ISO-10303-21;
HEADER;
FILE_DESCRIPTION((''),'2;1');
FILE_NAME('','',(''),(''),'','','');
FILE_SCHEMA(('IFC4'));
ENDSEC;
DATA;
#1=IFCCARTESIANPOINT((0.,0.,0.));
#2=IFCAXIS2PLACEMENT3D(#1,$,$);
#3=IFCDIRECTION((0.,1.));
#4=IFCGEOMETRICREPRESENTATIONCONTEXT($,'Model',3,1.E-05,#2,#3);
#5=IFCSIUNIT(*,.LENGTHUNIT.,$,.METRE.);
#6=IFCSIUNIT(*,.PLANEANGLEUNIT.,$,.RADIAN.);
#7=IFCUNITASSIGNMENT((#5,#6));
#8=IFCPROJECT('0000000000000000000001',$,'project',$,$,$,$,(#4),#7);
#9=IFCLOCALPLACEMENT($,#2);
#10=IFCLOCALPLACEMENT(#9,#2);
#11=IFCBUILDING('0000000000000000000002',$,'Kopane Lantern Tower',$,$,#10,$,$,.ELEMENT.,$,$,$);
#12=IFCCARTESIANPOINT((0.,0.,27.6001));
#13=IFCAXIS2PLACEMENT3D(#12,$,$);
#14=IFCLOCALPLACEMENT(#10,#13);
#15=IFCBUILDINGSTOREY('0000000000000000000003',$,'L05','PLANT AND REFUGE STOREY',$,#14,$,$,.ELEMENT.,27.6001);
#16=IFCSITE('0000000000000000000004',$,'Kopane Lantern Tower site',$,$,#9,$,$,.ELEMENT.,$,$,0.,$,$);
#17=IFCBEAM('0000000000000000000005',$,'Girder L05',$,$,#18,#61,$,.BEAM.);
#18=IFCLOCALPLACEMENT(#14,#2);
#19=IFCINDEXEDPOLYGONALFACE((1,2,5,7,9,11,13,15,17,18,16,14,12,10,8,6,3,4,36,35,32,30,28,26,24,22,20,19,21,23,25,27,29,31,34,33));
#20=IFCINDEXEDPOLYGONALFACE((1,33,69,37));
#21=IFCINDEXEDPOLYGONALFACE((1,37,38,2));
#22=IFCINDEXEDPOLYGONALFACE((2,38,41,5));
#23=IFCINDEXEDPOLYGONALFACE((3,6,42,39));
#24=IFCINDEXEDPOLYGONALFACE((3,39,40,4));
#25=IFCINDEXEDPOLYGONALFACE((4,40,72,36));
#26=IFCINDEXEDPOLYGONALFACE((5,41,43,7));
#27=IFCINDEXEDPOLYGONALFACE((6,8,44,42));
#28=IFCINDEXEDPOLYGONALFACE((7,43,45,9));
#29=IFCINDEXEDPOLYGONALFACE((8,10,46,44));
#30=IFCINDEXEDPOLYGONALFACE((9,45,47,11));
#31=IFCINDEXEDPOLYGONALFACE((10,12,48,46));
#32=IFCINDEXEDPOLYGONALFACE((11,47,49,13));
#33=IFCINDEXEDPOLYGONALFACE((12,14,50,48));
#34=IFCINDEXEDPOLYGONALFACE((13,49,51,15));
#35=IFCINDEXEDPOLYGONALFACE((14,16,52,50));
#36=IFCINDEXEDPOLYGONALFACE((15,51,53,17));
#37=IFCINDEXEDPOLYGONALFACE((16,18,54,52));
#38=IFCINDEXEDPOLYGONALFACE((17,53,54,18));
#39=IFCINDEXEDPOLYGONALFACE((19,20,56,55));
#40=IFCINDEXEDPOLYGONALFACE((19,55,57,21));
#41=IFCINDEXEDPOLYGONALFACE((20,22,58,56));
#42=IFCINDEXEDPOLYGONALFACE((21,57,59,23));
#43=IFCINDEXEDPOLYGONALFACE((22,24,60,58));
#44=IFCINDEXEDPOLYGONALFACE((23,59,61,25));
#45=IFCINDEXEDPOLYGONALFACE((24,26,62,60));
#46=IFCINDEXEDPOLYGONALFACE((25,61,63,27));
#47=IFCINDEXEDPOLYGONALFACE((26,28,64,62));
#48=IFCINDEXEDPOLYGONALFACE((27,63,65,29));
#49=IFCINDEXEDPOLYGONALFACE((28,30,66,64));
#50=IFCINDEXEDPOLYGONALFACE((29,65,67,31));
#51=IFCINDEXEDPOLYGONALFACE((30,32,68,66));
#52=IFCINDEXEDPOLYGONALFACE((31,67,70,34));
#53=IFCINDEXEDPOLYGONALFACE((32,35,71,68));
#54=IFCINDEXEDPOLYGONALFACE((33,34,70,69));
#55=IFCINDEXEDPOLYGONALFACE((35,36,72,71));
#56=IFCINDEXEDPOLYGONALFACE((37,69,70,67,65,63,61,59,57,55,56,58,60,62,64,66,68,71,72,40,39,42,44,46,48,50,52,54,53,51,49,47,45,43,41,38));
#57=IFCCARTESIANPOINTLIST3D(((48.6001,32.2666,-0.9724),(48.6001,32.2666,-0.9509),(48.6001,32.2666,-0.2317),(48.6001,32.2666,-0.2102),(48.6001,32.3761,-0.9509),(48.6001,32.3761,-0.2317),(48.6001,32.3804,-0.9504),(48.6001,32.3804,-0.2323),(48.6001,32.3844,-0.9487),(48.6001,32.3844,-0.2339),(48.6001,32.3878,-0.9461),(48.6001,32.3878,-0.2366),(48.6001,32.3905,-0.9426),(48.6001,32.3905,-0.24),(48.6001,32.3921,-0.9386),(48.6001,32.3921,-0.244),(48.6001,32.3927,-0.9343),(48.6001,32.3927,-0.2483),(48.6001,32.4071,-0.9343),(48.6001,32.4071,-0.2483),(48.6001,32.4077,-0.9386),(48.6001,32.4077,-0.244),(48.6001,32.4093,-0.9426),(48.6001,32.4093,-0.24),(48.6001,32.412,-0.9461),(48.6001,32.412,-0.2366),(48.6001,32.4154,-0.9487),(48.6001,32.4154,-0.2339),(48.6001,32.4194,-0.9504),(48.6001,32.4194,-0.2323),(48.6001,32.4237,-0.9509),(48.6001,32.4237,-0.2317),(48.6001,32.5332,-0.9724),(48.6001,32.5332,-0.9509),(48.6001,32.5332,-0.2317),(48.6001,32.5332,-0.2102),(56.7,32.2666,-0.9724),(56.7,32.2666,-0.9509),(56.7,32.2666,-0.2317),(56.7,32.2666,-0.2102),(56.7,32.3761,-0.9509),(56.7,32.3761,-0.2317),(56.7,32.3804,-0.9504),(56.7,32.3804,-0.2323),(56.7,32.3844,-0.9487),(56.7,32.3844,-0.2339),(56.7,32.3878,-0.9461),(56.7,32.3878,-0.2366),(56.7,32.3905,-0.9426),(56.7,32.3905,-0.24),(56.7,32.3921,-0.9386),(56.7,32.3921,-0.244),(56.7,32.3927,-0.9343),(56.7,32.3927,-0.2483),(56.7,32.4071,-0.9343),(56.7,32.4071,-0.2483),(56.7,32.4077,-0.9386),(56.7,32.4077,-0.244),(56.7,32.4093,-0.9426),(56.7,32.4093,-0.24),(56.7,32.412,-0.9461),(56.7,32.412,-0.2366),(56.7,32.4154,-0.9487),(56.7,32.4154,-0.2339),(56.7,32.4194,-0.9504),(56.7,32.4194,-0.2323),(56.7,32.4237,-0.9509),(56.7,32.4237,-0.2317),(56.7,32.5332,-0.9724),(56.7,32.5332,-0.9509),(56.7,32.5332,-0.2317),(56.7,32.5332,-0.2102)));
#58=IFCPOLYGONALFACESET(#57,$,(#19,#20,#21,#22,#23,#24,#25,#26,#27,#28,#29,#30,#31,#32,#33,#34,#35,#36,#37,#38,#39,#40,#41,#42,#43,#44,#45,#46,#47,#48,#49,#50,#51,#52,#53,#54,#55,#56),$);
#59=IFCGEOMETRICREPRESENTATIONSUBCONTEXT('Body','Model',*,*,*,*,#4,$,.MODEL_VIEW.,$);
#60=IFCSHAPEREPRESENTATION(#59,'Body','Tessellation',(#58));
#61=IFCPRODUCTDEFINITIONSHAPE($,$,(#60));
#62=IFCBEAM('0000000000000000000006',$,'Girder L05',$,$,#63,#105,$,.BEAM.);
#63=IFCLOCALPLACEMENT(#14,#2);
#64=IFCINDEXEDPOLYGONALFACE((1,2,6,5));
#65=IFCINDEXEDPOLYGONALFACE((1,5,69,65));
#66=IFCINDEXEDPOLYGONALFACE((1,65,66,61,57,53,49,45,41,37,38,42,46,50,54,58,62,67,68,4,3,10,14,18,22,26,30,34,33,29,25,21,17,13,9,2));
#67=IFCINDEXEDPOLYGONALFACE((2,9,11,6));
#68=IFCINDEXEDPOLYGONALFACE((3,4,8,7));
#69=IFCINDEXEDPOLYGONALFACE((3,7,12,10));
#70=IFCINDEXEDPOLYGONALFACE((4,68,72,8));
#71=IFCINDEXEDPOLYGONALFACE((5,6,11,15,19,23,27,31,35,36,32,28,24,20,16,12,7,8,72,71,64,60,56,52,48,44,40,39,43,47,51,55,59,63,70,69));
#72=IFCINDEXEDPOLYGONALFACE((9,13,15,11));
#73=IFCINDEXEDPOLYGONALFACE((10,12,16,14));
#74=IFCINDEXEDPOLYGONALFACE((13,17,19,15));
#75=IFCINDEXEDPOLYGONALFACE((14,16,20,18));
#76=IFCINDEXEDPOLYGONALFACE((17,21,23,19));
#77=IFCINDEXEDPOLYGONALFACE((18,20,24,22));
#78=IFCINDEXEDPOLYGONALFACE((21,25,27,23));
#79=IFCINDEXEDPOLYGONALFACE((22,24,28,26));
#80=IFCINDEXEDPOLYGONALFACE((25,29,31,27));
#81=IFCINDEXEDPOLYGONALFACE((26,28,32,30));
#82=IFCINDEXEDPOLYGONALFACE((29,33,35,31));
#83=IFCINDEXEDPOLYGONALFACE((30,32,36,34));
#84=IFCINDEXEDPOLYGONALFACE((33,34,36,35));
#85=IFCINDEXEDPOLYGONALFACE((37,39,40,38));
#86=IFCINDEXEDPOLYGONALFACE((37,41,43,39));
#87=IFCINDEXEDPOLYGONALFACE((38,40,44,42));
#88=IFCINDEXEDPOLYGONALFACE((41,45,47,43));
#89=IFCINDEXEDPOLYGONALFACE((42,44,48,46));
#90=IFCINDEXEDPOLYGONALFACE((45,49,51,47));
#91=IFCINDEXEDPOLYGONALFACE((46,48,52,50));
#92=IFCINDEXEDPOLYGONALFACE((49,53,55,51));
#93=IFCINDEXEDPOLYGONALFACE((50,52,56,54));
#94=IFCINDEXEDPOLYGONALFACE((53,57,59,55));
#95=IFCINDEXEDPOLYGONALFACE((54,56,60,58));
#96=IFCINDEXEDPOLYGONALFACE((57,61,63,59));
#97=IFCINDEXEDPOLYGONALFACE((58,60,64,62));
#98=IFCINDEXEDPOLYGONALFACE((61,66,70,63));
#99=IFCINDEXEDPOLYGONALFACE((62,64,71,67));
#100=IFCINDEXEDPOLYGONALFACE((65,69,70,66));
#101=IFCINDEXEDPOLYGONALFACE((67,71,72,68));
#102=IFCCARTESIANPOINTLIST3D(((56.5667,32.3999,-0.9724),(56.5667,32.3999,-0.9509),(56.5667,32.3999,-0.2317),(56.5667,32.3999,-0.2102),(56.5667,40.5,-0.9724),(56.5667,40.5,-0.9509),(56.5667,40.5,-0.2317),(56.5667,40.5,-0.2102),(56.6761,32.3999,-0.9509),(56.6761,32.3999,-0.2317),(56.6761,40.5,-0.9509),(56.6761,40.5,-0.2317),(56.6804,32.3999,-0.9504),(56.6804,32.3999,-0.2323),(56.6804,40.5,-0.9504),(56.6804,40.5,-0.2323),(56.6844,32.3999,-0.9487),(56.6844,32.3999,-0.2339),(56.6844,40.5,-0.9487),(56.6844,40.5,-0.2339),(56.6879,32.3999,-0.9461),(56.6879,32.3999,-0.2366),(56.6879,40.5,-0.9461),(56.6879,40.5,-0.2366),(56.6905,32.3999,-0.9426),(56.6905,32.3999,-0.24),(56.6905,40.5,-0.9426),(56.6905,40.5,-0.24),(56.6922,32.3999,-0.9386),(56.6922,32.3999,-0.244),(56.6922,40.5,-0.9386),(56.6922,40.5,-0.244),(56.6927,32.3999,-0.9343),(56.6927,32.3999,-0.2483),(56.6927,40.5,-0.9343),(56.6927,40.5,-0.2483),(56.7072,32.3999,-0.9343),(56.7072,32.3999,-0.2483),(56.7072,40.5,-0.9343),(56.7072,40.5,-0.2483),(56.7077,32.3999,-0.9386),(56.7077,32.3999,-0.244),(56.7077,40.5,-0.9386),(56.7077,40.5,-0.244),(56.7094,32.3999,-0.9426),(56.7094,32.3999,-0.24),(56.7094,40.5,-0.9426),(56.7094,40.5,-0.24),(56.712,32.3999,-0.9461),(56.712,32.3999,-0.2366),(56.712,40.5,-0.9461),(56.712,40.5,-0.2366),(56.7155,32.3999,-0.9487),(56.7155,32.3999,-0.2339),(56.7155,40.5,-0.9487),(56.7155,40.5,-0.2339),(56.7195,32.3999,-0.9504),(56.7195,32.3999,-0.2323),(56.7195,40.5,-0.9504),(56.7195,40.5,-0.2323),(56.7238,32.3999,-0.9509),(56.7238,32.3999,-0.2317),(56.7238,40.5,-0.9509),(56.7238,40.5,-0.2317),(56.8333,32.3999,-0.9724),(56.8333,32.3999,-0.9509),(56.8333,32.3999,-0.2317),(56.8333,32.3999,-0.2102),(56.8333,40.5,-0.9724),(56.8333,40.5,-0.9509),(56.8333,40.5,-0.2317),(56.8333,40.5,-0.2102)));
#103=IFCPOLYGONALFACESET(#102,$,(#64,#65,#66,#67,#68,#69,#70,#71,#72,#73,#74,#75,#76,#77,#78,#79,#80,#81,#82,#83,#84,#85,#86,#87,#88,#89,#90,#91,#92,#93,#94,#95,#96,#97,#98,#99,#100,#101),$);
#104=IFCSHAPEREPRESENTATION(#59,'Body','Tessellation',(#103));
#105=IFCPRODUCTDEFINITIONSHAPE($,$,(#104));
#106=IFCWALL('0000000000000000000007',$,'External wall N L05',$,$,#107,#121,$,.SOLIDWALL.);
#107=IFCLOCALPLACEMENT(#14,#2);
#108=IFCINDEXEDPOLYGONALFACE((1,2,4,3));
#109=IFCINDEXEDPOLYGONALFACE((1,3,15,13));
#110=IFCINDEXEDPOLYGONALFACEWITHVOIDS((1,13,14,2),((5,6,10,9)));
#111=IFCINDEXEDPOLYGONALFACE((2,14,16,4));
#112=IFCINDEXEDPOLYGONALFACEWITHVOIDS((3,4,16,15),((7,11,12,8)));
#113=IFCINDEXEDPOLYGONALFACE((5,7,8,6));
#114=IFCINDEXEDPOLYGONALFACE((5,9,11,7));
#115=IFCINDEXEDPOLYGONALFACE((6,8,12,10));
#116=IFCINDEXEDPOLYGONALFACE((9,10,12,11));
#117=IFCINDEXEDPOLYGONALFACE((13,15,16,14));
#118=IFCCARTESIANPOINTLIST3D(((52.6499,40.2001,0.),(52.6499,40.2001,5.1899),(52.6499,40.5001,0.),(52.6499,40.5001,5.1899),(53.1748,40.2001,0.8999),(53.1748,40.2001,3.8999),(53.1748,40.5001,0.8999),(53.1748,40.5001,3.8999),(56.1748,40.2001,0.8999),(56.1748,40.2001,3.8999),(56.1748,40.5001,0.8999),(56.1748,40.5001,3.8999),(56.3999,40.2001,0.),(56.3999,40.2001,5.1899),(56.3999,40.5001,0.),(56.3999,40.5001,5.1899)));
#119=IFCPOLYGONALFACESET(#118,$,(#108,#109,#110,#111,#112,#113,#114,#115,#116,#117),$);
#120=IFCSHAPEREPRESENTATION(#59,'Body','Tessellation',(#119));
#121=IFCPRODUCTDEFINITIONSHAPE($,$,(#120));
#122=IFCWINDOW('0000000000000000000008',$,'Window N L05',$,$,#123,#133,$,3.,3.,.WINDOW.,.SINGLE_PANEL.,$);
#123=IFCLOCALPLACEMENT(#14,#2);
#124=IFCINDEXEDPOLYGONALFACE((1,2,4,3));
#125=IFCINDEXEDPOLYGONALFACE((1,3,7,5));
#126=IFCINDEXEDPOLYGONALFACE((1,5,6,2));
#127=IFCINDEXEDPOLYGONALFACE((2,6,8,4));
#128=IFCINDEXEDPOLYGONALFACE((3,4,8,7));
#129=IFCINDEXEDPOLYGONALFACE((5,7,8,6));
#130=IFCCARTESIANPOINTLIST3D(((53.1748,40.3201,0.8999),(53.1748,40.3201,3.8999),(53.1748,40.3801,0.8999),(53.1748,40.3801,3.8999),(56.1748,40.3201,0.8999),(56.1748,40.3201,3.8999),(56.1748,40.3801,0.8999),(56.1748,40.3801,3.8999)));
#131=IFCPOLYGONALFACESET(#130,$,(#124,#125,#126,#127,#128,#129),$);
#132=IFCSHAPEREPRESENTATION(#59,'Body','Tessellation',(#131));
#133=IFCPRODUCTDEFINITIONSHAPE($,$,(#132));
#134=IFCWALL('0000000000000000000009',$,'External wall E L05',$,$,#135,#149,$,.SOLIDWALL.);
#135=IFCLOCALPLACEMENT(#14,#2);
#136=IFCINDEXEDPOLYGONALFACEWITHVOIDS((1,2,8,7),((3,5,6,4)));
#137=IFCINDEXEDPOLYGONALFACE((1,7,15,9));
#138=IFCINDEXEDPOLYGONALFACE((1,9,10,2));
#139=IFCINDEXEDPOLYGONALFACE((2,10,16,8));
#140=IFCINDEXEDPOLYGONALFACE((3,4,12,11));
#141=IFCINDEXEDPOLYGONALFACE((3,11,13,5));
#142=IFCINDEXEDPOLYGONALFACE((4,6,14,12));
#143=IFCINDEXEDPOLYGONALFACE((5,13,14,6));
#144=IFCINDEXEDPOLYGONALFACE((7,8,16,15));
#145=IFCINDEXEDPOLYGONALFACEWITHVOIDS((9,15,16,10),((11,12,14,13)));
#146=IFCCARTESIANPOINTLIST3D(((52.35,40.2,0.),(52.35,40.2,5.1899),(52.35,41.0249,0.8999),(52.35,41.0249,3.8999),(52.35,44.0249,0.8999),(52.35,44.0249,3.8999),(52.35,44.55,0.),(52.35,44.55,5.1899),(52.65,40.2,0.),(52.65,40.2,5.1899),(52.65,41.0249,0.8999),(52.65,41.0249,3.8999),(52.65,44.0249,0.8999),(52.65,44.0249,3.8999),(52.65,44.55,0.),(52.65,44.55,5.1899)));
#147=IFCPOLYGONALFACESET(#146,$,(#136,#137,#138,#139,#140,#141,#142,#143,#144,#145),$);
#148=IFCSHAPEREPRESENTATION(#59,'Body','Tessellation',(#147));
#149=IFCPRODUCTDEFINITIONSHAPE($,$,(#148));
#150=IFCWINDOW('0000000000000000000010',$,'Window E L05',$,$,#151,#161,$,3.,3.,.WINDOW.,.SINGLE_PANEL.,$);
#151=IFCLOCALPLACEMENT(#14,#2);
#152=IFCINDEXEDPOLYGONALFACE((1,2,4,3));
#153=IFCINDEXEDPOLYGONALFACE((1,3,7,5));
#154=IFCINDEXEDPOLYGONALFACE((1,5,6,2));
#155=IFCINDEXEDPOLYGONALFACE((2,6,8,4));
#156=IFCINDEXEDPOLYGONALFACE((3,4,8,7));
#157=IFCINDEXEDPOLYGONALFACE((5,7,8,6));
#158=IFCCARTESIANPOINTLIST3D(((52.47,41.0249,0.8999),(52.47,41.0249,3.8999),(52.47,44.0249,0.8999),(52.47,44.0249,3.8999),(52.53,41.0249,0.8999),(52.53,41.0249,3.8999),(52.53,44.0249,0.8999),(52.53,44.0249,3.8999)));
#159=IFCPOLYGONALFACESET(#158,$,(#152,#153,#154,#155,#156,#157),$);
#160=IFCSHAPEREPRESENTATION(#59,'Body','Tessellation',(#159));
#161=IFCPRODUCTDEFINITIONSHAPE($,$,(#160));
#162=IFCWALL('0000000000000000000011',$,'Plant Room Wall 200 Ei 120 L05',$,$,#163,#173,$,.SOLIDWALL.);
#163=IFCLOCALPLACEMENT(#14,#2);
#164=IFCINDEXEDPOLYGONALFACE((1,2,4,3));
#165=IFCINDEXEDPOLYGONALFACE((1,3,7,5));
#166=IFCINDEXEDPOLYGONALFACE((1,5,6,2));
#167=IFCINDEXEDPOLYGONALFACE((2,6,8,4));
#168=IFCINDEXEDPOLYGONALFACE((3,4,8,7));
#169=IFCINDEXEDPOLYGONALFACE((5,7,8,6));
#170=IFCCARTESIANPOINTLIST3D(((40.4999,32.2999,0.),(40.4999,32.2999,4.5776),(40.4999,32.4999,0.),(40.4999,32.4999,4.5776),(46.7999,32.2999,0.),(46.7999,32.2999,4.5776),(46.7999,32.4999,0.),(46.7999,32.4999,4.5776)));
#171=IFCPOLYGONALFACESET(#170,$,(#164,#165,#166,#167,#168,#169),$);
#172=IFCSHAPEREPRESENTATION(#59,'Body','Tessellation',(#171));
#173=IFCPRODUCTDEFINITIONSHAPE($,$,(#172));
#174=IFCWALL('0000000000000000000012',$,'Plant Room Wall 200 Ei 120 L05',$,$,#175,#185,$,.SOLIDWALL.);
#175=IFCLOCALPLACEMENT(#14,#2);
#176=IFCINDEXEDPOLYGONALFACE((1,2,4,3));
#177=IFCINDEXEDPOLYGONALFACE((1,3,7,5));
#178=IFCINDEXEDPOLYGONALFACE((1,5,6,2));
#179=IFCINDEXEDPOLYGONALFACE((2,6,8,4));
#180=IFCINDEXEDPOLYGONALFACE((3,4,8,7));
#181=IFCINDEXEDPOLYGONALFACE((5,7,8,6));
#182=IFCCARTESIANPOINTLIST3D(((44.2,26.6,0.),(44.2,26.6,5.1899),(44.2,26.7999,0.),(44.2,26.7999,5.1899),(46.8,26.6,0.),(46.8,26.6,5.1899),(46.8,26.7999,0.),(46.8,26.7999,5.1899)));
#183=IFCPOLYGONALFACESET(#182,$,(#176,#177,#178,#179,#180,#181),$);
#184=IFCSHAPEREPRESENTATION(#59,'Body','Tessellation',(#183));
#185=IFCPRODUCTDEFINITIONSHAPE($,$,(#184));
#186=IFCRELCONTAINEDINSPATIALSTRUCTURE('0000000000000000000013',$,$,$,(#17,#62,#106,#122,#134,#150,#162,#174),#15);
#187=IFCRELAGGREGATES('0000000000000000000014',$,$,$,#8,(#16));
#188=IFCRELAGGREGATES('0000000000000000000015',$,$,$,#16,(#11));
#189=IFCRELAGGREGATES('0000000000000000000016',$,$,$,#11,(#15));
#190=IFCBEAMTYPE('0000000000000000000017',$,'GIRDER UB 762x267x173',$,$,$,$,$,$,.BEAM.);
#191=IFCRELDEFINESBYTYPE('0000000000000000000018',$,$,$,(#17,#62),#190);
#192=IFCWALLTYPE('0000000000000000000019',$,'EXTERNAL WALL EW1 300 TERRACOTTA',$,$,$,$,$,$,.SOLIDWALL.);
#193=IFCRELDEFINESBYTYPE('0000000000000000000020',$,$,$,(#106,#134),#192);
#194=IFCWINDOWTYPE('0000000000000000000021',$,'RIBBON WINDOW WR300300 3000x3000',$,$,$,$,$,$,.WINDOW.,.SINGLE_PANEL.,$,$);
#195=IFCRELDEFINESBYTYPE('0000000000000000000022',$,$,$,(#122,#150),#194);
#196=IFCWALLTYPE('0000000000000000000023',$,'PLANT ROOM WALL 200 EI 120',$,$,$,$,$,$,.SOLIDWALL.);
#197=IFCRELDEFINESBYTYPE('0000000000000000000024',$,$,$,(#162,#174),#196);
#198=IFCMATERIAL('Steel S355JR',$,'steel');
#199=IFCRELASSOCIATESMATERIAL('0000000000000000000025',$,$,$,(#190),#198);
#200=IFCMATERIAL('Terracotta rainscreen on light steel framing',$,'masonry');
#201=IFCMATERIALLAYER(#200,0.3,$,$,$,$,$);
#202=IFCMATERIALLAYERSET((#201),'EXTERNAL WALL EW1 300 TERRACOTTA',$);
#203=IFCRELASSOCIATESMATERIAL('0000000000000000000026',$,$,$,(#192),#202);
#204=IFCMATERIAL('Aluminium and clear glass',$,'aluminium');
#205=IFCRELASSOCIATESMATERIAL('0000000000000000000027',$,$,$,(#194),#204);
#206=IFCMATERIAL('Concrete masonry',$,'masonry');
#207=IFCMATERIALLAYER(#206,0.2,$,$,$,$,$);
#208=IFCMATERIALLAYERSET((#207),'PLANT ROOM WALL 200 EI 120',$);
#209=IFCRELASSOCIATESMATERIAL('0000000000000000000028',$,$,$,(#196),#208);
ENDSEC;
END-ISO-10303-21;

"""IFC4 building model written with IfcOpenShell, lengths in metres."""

from ifc_helpers import new_model, si_unit, direction, frame, frame_2d, origin, origin_2d, place, context, subcontext, project, spatial, rectangle, i_section, extrude, material, layer, layer_set, material_profile, profile_set, type_object, element, fill, save


model = new_model("IFC4")

# Units and contexts
model_context = context("Model", 3, precision=1e-05, world=origin(), true_north=direction((0.0, 1.0)))
body_context = subcontext(model_context, "Body", "Model", "MODEL_VIEW")
ifc_project = project(units=[si_unit("LENGTHUNIT", "METRE"), si_unit("PLANEANGLEUNIT", "RADIAN")], contexts=[model_context])

# Site, building, storey
site_placement = place(None, origin())
site = spatial("IfcSite", under=ifc_project, at=site_placement, Name="Kopane Lantern Tower site", CompositionType="ELEMENT", RefElevation=0.0)
building_placement = place(site_placement, origin())
building = spatial("IfcBuilding", under=site, at=building_placement, Name="Kopane Lantern Tower", CompositionType="ELEMENT")
storey_placement = place(building_placement, frame((0.0, 0.0, 27.6001)))
storey = spatial("IfcBuildingStorey", under=building, at=storey_placement, Name="L05", Description="PLANT AND REFUGE STOREY", CompositionType="ELEMENT", Elevation=27.6001)

# Beams
ifc_material_1 = material(Name="Steel S355JR", Category="steel")
ifc_material_profile_1 = material_profile(ifc_material_1, i_section(OverallWidth=0.2666, OverallDepth=0.7622, WebThickness=0.0144, FlangeThickness=0.0215, FilletRadius=0.0166, at=origin_2d()), Name="UB 762x267x173")
ifc_profile_set_1 = profile_set([ifc_material_profile_1], Name="Steel S355JR")
beam_type = type_object("IfcBeamType", Name="GIRDER UB 762x267x173", PredefinedType="BEAM", material=ifc_profile_set_1)
beam_1_placement = place(storey_placement, frame((48.6001, 32.3999, -0.5913), z_axis=(1.0, 0.0, 0.0), x_axis=(0.0, 1.0, 0.0)))
element("IfcBeam", 1, at=beam_1_placement, inside=storey, type_object=beam_type, Name="Girder L05", PredefinedType="BEAM", context=body_context, shape_type="SweptSolid", body=[
    extrude(i_section(OverallWidth=0.2666, OverallDepth=0.7622, WebThickness=0.0144, FlangeThickness=0.0215, FilletRadius=0.0166, at=origin_2d()), origin(), (0.0, 0.0, 1.0), 8.0999),
])
beam_2_placement = place(storey_placement, frame((56.7, 32.3999, -0.5913), z_axis=(0.0, 1.0, 0.0), x_axis=(-1.0, 0.0, 0.0)))
element("IfcBeam", 2, at=beam_2_placement, inside=storey, type_object=beam_type, Name="Girder L05", PredefinedType="BEAM", context=body_context, shape_type="SweptSolid", body=[
    extrude(i_section(OverallWidth=0.2666, OverallDepth=0.7622, WebThickness=0.0144, FlangeThickness=0.0215, FilletRadius=0.0166, at=origin_2d()), origin(), (0.0, 0.0, 1.0), 8.1001),
])

# Walls, openings, windows
ifc_material_2 = material(Name="Terracotta rainscreen on light steel framing", Category="masonry")
ifc_layer_1 = layer(ifc_material_2, 0.3)
ifc_layer_set_1 = layer_set([ifc_layer_1], Name="EXTERNAL WALL EW1 300 TERRACOTTA")
wall_type_1 = type_object("IfcWallType", Name="EXTERNAL WALL EW1 300 TERRACOTTA", PredefinedType="SOLIDWALL", material=ifc_layer_set_1)
wall_1_placement = place(storey_placement, frame((56.3999, 40.3501, 0.0), z_axis=(0.0, 0.0, 1.0), x_axis=(-1.0, 0.0, 0.0)))
wall_1 = element("IfcWall", 3, at=wall_1_placement, inside=storey, type_object=wall_type_1, Name="External wall N L05", PredefinedType="SOLIDWALL", context=body_context, shape_type="SweptSolid", body=[
    extrude(rectangle(XDim=3.75, YDim=0.3, at=frame_2d((1.875, 0.0))), origin(), (0.0, 0.0, 1.0), 5.1899),
])
opening_1_placement = place(wall_1_placement, frame((0.2251, 0.0, 0.8999)))
opening_1 = element("IfcOpeningElement", 4, at=opening_1_placement, cuts=wall_1, PredefinedType="OPENING", context=body_context, shape_type="SweptSolid", body=[
    extrude(rectangle(XDim=3.0, YDim=3.0, at=frame_2d((1.5, 1.5))), frame((0.0, 0.1599, 0.0), z_axis=(0.0, -1.0, 0.0), x_axis=(1.0, 0.0, 0.0)), (0.0, 0.0, 1.0), 0.3201),
])
ifc_material_3 = material(Name="Aluminium and clear glass", Category="aluminium")
window_type = type_object("IfcWindowType", Name="RIBBON WINDOW WR300300 3000x3000", PartitioningType="SINGLE_PANEL", PredefinedType="WINDOW", material=ifc_material_3)
window_1_placement = place(opening_1_placement, origin())
window_1 = element("IfcWindow", 5, at=window_1_placement, inside=storey, type_object=window_type, Name="Window N L05", OverallHeight=3.0, OverallWidth=3.0, PartitioningType="SINGLE_PANEL", PredefinedType="WINDOW", context=body_context, shape_type="SweptSolid", body=[
    extrude(rectangle(XDim=3.0, YDim=3.0, at=frame_2d((1.5, 1.5))), frame((0.0, 0.03, 0.0), z_axis=(0.0, -1.0, 0.0), x_axis=(1.0, 0.0, 0.0)), (0.0, 0.0, 1.0), 0.0601),
])
fill(opening_1, window_1)
wall_2_placement = place(storey_placement, frame((52.5, 40.2, 0.0), z_axis=(0.0, 0.0, 1.0), x_axis=(0.0, 1.0, 0.0)))
wall_2 = element("IfcWall", 6, at=wall_2_placement, inside=storey, type_object=wall_type_1, Name="External wall E L05", PredefinedType="SOLIDWALL", context=body_context, shape_type="SweptSolid", body=[
    extrude(rectangle(XDim=4.3501, YDim=0.3, at=frame_2d((2.175, 0.0))), origin(), (0.0, 0.0, 1.0), 5.1899),
])
opening_2_placement = place(wall_2_placement, frame((0.825, 0.0, 0.8999)))
opening_2 = element("IfcOpeningElement", 7, at=opening_2_placement, cuts=wall_2, PredefinedType="OPENING", context=body_context, shape_type="SweptSolid", body=[
    extrude(rectangle(XDim=3.0, YDim=3.0, at=frame_2d((1.5, 1.5))), frame((0.0, 0.1599, 0.0), z_axis=(0.0, -1.0, 0.0), x_axis=(1.0, 0.0, 0.0)), (0.0, 0.0, 1.0), 0.3201),
])
window_2_placement = place(opening_2_placement, origin())
window_2 = element("IfcWindow", 8, at=window_2_placement, inside=storey, type_object=window_type, Name="Window E L05", OverallHeight=3.0, OverallWidth=3.0, PartitioningType="SINGLE_PANEL", PredefinedType="WINDOW", context=body_context, shape_type="SweptSolid", body=[
    extrude(rectangle(XDim=3.0, YDim=3.0, at=frame_2d((1.5, 1.5))), frame((0.0, 0.03, 0.0), z_axis=(0.0, -1.0, 0.0), x_axis=(1.0, 0.0, 0.0)), (0.0, 0.0, 1.0), 0.0601),
])
fill(opening_2, window_2)

# Walls
ifc_material_4 = material(Name="Concrete masonry", Category="masonry")
ifc_layer_2 = layer(ifc_material_4, 0.2)
ifc_layer_set_2 = layer_set([ifc_layer_2], Name="PLANT ROOM WALL 200 EI 120")
wall_type_2 = type_object("IfcWallType", Name="PLANT ROOM WALL 200 EI 120", PredefinedType="SOLIDWALL", material=ifc_layer_set_2)
wall_3_placement = place(storey_placement, frame((40.5, 32.3999, 0.0), z_axis=(0.0, 0.0, 1.0), x_axis=(1.0, 0.0, 0.0)))
element("IfcWall", 9, at=wall_3_placement, inside=storey, type_object=wall_type_2, Name="Plant Room Wall 200 Ei 120 L05", PredefinedType="SOLIDWALL", context=body_context, shape_type="SweptSolid", body=[
    extrude(rectangle(XDim=6.3, YDim=0.2, at=frame_2d((3.1499, 0.0))), origin(), (0.0, 0.0, 1.0), 4.5776),
])
wall_4_placement = place(storey_placement, frame((46.8, 26.7, 0.0), z_axis=(0.0, 0.0, 1.0), x_axis=(-1.0, 0.0, 0.0)))
element("IfcWall", 10, at=wall_4_placement, inside=storey, type_object=wall_type_2, Name="Plant Room Wall 200 Ei 120 L05", PredefinedType="SOLIDWALL", context=body_context, shape_type="SweptSolid", body=[
    extrude(rectangle(XDim=2.6001, YDim=0.2, at=frame_2d((1.3, 0.0))), origin(), (0.0, 0.0, 1.0), 5.1899),
])

save(model, "model.ifc")
